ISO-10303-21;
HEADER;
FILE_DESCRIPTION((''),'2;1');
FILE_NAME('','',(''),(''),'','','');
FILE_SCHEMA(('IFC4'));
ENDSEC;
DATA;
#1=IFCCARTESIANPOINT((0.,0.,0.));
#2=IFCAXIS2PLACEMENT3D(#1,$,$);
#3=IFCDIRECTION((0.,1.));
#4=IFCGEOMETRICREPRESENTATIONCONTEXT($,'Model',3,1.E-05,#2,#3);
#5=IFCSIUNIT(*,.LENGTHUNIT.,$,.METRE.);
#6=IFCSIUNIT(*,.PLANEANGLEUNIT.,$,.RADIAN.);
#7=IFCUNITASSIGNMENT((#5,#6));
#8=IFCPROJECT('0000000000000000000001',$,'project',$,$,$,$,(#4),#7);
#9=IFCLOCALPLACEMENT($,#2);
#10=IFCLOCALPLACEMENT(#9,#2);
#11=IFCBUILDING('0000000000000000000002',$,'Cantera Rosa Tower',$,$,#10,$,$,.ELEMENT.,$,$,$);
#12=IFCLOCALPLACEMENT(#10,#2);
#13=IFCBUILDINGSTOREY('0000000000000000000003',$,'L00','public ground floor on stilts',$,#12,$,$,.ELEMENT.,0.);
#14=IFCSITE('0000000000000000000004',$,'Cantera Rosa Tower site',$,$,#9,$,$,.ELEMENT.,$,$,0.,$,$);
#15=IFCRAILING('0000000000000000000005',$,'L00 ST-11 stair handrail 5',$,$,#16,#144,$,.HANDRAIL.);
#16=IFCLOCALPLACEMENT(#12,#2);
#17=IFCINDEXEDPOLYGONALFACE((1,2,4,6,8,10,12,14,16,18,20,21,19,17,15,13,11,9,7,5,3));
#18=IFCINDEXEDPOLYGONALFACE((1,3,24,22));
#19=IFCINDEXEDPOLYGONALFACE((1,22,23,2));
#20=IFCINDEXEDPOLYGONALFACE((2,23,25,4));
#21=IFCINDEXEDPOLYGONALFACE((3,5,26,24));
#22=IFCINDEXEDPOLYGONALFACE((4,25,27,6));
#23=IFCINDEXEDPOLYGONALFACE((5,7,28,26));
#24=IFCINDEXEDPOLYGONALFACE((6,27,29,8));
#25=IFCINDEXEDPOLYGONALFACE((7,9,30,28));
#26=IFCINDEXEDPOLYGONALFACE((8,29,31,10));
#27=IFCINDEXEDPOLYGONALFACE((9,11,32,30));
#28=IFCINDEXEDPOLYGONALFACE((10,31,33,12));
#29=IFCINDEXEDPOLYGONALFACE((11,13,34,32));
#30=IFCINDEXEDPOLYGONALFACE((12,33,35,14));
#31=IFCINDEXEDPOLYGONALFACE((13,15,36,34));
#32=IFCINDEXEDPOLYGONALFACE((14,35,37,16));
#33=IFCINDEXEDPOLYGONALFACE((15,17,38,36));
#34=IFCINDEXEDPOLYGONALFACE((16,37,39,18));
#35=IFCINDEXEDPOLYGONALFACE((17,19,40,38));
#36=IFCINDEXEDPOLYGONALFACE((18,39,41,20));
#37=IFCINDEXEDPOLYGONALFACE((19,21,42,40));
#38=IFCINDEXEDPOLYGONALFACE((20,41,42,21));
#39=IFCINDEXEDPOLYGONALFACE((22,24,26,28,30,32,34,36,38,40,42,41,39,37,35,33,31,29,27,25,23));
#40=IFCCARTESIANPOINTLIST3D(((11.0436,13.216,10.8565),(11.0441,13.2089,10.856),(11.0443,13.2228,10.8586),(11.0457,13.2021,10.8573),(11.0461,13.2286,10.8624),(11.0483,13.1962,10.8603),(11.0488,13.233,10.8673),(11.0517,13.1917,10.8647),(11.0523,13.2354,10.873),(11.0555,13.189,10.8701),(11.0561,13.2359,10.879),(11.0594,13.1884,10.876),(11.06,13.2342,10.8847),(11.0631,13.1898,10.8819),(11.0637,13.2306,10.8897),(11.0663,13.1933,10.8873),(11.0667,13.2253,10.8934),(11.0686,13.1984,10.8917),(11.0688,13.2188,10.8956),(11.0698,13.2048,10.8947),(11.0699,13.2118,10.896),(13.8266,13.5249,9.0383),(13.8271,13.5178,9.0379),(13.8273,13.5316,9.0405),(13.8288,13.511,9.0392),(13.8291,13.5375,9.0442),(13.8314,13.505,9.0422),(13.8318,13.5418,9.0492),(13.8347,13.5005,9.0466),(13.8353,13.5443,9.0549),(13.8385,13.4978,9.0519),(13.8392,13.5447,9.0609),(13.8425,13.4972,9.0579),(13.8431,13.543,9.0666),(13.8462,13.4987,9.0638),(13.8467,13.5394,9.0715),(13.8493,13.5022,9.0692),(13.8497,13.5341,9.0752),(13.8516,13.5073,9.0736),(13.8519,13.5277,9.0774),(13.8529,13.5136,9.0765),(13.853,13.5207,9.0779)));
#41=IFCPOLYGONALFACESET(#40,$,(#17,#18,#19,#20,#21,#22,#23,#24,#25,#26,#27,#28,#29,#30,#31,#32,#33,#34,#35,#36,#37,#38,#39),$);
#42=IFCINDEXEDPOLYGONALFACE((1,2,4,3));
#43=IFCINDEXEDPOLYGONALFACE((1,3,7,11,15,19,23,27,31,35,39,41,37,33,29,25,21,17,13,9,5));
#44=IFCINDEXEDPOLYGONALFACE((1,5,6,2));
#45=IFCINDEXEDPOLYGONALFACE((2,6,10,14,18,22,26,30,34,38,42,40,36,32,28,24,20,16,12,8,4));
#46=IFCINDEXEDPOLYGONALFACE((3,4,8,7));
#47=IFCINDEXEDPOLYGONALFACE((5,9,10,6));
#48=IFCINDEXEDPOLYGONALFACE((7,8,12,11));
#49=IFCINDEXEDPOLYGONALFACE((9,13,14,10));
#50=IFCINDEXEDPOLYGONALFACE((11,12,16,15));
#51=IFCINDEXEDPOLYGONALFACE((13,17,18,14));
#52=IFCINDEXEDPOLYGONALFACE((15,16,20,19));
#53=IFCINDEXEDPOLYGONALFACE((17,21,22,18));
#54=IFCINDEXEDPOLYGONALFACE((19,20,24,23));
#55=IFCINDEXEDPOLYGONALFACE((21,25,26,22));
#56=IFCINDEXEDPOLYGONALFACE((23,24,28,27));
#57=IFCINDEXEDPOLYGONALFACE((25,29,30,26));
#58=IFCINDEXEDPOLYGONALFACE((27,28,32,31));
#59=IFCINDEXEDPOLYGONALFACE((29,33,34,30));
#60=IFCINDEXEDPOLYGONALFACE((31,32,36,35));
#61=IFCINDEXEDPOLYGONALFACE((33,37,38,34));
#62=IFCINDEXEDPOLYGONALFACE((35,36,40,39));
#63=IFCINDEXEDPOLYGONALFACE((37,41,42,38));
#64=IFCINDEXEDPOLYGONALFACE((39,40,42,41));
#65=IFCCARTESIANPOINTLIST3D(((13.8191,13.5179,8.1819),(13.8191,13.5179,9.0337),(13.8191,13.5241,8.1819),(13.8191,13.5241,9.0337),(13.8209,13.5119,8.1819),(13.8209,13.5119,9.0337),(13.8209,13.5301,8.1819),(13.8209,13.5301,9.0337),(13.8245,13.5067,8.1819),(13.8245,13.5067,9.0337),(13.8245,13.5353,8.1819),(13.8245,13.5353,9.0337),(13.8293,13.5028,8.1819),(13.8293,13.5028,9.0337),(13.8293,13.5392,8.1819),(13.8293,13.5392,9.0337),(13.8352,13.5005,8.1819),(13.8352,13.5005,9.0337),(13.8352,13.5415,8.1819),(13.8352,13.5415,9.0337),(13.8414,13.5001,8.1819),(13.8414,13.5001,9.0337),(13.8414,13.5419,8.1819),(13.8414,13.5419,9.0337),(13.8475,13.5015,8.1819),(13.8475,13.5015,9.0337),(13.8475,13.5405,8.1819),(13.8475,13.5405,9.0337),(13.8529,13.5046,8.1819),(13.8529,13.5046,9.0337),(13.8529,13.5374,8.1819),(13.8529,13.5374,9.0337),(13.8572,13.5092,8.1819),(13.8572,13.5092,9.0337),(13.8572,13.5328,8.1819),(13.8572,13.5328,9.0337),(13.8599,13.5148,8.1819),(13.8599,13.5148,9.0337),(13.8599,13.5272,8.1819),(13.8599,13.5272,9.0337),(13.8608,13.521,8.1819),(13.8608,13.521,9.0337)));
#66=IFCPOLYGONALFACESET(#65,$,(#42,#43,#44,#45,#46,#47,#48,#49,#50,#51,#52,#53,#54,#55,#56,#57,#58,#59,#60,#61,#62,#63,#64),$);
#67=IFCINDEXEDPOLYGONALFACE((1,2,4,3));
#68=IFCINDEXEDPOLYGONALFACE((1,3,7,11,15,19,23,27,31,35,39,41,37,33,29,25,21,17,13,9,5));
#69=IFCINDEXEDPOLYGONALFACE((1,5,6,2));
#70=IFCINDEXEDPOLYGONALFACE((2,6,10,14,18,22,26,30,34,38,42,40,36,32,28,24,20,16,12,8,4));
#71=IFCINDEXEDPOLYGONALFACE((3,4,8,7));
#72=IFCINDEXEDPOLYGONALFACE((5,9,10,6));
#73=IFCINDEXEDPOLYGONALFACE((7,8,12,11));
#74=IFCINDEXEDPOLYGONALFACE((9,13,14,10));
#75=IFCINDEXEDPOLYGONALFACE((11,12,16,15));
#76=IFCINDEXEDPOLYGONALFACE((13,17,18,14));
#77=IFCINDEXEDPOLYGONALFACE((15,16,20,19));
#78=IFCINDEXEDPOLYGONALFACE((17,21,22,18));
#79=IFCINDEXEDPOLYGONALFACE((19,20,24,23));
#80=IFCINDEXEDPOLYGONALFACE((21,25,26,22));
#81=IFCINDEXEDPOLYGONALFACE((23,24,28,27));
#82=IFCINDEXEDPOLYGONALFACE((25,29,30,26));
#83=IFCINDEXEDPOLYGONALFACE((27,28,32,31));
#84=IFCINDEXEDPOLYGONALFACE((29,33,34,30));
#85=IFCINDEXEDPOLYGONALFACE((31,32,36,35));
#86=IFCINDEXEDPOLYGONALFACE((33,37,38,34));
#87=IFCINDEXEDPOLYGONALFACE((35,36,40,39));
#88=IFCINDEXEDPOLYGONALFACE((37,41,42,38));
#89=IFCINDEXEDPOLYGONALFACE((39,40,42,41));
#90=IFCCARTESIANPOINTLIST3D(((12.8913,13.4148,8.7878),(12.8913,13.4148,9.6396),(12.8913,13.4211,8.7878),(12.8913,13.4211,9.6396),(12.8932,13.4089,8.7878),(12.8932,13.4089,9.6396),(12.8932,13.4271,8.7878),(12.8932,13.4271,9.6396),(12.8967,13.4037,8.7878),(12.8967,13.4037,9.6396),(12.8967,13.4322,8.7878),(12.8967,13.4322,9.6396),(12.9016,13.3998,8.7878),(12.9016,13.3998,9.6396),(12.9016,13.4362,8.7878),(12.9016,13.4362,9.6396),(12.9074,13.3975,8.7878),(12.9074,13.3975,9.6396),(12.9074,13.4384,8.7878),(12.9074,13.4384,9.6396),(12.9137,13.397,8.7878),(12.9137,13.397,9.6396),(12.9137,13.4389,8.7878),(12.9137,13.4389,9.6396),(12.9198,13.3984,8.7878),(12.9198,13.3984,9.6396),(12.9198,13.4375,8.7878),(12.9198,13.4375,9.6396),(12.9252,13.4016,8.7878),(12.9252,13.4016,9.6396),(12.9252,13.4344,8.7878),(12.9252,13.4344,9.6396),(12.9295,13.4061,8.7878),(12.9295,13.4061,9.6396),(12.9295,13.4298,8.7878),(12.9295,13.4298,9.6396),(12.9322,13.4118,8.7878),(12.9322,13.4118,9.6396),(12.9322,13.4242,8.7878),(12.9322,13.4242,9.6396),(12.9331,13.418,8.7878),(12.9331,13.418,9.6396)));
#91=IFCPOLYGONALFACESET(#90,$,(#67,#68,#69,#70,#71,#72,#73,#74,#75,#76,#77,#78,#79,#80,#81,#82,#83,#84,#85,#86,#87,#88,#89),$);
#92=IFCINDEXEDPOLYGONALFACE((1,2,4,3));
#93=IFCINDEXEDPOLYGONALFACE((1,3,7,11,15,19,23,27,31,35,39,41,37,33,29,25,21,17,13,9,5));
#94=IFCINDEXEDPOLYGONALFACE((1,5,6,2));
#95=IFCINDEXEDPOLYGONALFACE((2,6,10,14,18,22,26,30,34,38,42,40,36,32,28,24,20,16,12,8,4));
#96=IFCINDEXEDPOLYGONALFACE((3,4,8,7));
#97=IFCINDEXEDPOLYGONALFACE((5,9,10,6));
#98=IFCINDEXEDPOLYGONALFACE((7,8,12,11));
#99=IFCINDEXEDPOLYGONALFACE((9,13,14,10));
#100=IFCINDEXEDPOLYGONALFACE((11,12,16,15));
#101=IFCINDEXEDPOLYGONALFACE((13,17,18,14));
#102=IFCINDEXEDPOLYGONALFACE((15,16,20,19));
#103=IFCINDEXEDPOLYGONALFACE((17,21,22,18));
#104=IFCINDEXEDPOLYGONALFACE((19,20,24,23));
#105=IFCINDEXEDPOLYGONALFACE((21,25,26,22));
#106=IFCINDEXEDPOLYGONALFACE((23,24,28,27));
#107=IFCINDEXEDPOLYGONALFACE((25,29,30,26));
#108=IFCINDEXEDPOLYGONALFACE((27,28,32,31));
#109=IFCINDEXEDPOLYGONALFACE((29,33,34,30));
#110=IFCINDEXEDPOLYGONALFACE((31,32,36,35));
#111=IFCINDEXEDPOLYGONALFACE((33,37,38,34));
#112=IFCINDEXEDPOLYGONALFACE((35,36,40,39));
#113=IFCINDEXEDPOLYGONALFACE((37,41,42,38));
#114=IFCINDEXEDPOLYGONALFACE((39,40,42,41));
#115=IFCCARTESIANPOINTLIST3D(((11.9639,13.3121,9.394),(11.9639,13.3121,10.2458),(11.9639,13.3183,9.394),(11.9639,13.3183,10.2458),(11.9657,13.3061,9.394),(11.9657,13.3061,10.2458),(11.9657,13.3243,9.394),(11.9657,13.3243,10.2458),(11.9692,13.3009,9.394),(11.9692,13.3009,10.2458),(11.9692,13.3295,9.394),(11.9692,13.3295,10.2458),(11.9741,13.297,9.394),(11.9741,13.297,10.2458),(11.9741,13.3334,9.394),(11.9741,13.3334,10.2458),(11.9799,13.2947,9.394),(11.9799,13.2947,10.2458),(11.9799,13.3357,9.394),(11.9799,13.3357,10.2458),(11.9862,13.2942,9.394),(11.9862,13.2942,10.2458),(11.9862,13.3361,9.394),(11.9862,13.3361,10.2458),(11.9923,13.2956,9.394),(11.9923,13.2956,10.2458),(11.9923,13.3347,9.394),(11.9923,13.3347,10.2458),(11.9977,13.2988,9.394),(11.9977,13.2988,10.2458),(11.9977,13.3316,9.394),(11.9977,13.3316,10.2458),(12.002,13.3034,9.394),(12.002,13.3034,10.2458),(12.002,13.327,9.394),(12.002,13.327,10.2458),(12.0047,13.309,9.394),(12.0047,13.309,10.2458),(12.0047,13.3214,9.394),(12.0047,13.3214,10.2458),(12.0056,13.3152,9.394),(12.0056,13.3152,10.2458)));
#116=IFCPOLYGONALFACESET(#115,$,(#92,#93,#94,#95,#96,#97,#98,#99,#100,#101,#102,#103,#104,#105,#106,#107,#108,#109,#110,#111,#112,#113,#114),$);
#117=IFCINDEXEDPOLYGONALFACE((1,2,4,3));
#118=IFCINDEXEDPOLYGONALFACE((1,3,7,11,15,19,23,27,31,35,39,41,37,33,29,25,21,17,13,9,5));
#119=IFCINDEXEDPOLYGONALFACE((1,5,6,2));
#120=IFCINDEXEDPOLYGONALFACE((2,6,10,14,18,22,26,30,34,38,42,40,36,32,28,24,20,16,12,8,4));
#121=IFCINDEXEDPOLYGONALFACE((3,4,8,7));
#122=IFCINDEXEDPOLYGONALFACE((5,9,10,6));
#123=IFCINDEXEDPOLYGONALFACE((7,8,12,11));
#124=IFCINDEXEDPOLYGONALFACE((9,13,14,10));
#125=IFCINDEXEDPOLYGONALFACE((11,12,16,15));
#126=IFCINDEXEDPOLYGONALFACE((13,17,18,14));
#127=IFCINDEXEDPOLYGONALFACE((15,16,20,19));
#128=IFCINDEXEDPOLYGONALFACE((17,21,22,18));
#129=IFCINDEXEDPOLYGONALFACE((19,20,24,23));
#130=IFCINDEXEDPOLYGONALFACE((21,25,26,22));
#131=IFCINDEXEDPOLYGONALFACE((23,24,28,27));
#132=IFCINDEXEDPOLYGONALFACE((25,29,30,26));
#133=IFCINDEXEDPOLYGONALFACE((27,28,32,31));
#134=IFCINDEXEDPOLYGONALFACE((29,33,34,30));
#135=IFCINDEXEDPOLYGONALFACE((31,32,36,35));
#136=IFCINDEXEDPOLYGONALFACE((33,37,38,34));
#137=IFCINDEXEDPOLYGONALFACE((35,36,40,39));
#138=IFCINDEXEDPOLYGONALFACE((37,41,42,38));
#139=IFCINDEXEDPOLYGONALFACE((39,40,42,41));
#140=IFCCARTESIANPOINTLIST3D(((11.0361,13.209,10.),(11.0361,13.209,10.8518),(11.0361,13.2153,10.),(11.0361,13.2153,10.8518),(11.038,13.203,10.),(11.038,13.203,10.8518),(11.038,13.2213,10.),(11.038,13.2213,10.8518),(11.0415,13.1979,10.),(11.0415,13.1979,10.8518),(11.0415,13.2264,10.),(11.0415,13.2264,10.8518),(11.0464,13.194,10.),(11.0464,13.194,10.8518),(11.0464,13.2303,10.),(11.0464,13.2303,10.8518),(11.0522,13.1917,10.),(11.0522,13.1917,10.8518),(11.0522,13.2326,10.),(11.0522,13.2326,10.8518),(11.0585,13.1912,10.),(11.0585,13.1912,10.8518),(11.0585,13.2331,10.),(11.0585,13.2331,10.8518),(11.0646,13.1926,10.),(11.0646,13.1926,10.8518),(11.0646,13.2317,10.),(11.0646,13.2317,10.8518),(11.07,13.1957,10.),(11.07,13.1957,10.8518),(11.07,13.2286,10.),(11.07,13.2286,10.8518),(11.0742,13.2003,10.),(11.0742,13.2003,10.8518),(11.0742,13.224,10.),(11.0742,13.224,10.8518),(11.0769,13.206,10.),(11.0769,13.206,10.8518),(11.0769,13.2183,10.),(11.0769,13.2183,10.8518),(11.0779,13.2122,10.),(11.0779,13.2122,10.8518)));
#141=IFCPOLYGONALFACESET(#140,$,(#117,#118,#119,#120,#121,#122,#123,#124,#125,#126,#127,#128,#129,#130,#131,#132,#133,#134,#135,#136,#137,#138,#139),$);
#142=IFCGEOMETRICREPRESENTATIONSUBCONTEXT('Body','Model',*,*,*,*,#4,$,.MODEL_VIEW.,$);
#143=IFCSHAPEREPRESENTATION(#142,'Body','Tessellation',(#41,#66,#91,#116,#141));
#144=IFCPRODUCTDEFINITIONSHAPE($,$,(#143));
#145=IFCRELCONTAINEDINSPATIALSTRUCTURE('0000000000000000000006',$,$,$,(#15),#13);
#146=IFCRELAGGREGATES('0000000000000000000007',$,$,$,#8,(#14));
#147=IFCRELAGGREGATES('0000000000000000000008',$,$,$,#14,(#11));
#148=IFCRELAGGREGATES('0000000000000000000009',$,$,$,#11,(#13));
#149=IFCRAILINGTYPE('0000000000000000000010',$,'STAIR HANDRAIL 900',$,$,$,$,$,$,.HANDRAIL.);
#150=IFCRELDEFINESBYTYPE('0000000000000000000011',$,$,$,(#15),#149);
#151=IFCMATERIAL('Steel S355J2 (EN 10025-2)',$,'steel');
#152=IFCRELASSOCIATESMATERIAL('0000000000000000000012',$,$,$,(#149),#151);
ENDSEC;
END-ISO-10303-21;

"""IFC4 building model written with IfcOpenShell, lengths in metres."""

from ifc_helpers import new_model, si_unit, direction, frame, origin, origin_2d, place, context, subcontext, project, spatial, circle, extrude, material, type_object, element, save


model = new_model("IFC4")

# Units and contexts
model_context = context("Model", 3, precision=1e-05, world=origin(), true_north=direction((0.0, 1.0)))
body_context = subcontext(model_context, "Body", "Model", "MODEL_VIEW")
ifc_project = project(units=[si_unit("LENGTHUNIT", "METRE"), si_unit("PLANEANGLEUNIT", "RADIAN")], contexts=[model_context])

# Site, building, storey
site_placement = place(None, origin())
site = spatial("IfcSite", under=ifc_project, at=site_placement, Name="Cantera Rosa Tower site", CompositionType="ELEMENT", RefElevation=0.0)
building_placement = place(site_placement, origin())
building = spatial("IfcBuilding", under=site, at=building_placement, Name="Cantera Rosa Tower", CompositionType="ELEMENT")
storey_placement = place(building_placement, origin())
storey = spatial("IfcBuildingStorey", under=building, at=storey_placement, Name="L00", Description="public ground floor on stilts", CompositionType="ELEMENT", Elevation=0.0)

# Railing
ifc_material_1 = material(Name="Steel S355J2 (EN 10025-2)", Category="steel")
railing_type_1 = type_object("IfcRailingType", Name="STAIR HANDRAIL 900", PredefinedType="HANDRAIL", material=ifc_material_1)
for number, where, name in (
    (1, (13.8398, 13.521, 8.1819), "L00 ST-11 stair handrail 5"),
):
    element("IfcRailing", number, at=place(storey_placement, frame(where)), inside=storey, type_object=railing_type_1, Name=name, PredefinedType="HANDRAIL", context=body_context, shape_type="SweptSolid", body=[
        extrude(circle(Radius=0.0239, at=origin_2d()), frame((0.0, 0.0, 0.876), z_axis=(-0.833588, -0.092507, 0.544586), x_axis=(0.110298, -0.993899, 0.0)), (0.0, 0.0, 1.0), 3.3386),
        extrude(circle(Radius=0.021, at=origin_2d()), origin(), (0.0, 0.0, 1.0), 0.8518),
        extrude(circle(Radius=0.021, at=origin_2d()), frame((-0.9277, -0.103, 0.606)), (0.0, 0.0, 1.0), 0.8518),
        extrude(circle(Radius=0.021, at=origin_2d()), frame((-1.8552, -0.2058, 1.2122)), (0.0, 0.0, 1.0), 0.8518),
        extrude(circle(Radius=0.021, at=origin_2d()), frame((-2.783, -0.3088, 1.8181)), (0.0, 0.0, 1.0), 0.8518),
    ])

save(model, "model.ifc")
